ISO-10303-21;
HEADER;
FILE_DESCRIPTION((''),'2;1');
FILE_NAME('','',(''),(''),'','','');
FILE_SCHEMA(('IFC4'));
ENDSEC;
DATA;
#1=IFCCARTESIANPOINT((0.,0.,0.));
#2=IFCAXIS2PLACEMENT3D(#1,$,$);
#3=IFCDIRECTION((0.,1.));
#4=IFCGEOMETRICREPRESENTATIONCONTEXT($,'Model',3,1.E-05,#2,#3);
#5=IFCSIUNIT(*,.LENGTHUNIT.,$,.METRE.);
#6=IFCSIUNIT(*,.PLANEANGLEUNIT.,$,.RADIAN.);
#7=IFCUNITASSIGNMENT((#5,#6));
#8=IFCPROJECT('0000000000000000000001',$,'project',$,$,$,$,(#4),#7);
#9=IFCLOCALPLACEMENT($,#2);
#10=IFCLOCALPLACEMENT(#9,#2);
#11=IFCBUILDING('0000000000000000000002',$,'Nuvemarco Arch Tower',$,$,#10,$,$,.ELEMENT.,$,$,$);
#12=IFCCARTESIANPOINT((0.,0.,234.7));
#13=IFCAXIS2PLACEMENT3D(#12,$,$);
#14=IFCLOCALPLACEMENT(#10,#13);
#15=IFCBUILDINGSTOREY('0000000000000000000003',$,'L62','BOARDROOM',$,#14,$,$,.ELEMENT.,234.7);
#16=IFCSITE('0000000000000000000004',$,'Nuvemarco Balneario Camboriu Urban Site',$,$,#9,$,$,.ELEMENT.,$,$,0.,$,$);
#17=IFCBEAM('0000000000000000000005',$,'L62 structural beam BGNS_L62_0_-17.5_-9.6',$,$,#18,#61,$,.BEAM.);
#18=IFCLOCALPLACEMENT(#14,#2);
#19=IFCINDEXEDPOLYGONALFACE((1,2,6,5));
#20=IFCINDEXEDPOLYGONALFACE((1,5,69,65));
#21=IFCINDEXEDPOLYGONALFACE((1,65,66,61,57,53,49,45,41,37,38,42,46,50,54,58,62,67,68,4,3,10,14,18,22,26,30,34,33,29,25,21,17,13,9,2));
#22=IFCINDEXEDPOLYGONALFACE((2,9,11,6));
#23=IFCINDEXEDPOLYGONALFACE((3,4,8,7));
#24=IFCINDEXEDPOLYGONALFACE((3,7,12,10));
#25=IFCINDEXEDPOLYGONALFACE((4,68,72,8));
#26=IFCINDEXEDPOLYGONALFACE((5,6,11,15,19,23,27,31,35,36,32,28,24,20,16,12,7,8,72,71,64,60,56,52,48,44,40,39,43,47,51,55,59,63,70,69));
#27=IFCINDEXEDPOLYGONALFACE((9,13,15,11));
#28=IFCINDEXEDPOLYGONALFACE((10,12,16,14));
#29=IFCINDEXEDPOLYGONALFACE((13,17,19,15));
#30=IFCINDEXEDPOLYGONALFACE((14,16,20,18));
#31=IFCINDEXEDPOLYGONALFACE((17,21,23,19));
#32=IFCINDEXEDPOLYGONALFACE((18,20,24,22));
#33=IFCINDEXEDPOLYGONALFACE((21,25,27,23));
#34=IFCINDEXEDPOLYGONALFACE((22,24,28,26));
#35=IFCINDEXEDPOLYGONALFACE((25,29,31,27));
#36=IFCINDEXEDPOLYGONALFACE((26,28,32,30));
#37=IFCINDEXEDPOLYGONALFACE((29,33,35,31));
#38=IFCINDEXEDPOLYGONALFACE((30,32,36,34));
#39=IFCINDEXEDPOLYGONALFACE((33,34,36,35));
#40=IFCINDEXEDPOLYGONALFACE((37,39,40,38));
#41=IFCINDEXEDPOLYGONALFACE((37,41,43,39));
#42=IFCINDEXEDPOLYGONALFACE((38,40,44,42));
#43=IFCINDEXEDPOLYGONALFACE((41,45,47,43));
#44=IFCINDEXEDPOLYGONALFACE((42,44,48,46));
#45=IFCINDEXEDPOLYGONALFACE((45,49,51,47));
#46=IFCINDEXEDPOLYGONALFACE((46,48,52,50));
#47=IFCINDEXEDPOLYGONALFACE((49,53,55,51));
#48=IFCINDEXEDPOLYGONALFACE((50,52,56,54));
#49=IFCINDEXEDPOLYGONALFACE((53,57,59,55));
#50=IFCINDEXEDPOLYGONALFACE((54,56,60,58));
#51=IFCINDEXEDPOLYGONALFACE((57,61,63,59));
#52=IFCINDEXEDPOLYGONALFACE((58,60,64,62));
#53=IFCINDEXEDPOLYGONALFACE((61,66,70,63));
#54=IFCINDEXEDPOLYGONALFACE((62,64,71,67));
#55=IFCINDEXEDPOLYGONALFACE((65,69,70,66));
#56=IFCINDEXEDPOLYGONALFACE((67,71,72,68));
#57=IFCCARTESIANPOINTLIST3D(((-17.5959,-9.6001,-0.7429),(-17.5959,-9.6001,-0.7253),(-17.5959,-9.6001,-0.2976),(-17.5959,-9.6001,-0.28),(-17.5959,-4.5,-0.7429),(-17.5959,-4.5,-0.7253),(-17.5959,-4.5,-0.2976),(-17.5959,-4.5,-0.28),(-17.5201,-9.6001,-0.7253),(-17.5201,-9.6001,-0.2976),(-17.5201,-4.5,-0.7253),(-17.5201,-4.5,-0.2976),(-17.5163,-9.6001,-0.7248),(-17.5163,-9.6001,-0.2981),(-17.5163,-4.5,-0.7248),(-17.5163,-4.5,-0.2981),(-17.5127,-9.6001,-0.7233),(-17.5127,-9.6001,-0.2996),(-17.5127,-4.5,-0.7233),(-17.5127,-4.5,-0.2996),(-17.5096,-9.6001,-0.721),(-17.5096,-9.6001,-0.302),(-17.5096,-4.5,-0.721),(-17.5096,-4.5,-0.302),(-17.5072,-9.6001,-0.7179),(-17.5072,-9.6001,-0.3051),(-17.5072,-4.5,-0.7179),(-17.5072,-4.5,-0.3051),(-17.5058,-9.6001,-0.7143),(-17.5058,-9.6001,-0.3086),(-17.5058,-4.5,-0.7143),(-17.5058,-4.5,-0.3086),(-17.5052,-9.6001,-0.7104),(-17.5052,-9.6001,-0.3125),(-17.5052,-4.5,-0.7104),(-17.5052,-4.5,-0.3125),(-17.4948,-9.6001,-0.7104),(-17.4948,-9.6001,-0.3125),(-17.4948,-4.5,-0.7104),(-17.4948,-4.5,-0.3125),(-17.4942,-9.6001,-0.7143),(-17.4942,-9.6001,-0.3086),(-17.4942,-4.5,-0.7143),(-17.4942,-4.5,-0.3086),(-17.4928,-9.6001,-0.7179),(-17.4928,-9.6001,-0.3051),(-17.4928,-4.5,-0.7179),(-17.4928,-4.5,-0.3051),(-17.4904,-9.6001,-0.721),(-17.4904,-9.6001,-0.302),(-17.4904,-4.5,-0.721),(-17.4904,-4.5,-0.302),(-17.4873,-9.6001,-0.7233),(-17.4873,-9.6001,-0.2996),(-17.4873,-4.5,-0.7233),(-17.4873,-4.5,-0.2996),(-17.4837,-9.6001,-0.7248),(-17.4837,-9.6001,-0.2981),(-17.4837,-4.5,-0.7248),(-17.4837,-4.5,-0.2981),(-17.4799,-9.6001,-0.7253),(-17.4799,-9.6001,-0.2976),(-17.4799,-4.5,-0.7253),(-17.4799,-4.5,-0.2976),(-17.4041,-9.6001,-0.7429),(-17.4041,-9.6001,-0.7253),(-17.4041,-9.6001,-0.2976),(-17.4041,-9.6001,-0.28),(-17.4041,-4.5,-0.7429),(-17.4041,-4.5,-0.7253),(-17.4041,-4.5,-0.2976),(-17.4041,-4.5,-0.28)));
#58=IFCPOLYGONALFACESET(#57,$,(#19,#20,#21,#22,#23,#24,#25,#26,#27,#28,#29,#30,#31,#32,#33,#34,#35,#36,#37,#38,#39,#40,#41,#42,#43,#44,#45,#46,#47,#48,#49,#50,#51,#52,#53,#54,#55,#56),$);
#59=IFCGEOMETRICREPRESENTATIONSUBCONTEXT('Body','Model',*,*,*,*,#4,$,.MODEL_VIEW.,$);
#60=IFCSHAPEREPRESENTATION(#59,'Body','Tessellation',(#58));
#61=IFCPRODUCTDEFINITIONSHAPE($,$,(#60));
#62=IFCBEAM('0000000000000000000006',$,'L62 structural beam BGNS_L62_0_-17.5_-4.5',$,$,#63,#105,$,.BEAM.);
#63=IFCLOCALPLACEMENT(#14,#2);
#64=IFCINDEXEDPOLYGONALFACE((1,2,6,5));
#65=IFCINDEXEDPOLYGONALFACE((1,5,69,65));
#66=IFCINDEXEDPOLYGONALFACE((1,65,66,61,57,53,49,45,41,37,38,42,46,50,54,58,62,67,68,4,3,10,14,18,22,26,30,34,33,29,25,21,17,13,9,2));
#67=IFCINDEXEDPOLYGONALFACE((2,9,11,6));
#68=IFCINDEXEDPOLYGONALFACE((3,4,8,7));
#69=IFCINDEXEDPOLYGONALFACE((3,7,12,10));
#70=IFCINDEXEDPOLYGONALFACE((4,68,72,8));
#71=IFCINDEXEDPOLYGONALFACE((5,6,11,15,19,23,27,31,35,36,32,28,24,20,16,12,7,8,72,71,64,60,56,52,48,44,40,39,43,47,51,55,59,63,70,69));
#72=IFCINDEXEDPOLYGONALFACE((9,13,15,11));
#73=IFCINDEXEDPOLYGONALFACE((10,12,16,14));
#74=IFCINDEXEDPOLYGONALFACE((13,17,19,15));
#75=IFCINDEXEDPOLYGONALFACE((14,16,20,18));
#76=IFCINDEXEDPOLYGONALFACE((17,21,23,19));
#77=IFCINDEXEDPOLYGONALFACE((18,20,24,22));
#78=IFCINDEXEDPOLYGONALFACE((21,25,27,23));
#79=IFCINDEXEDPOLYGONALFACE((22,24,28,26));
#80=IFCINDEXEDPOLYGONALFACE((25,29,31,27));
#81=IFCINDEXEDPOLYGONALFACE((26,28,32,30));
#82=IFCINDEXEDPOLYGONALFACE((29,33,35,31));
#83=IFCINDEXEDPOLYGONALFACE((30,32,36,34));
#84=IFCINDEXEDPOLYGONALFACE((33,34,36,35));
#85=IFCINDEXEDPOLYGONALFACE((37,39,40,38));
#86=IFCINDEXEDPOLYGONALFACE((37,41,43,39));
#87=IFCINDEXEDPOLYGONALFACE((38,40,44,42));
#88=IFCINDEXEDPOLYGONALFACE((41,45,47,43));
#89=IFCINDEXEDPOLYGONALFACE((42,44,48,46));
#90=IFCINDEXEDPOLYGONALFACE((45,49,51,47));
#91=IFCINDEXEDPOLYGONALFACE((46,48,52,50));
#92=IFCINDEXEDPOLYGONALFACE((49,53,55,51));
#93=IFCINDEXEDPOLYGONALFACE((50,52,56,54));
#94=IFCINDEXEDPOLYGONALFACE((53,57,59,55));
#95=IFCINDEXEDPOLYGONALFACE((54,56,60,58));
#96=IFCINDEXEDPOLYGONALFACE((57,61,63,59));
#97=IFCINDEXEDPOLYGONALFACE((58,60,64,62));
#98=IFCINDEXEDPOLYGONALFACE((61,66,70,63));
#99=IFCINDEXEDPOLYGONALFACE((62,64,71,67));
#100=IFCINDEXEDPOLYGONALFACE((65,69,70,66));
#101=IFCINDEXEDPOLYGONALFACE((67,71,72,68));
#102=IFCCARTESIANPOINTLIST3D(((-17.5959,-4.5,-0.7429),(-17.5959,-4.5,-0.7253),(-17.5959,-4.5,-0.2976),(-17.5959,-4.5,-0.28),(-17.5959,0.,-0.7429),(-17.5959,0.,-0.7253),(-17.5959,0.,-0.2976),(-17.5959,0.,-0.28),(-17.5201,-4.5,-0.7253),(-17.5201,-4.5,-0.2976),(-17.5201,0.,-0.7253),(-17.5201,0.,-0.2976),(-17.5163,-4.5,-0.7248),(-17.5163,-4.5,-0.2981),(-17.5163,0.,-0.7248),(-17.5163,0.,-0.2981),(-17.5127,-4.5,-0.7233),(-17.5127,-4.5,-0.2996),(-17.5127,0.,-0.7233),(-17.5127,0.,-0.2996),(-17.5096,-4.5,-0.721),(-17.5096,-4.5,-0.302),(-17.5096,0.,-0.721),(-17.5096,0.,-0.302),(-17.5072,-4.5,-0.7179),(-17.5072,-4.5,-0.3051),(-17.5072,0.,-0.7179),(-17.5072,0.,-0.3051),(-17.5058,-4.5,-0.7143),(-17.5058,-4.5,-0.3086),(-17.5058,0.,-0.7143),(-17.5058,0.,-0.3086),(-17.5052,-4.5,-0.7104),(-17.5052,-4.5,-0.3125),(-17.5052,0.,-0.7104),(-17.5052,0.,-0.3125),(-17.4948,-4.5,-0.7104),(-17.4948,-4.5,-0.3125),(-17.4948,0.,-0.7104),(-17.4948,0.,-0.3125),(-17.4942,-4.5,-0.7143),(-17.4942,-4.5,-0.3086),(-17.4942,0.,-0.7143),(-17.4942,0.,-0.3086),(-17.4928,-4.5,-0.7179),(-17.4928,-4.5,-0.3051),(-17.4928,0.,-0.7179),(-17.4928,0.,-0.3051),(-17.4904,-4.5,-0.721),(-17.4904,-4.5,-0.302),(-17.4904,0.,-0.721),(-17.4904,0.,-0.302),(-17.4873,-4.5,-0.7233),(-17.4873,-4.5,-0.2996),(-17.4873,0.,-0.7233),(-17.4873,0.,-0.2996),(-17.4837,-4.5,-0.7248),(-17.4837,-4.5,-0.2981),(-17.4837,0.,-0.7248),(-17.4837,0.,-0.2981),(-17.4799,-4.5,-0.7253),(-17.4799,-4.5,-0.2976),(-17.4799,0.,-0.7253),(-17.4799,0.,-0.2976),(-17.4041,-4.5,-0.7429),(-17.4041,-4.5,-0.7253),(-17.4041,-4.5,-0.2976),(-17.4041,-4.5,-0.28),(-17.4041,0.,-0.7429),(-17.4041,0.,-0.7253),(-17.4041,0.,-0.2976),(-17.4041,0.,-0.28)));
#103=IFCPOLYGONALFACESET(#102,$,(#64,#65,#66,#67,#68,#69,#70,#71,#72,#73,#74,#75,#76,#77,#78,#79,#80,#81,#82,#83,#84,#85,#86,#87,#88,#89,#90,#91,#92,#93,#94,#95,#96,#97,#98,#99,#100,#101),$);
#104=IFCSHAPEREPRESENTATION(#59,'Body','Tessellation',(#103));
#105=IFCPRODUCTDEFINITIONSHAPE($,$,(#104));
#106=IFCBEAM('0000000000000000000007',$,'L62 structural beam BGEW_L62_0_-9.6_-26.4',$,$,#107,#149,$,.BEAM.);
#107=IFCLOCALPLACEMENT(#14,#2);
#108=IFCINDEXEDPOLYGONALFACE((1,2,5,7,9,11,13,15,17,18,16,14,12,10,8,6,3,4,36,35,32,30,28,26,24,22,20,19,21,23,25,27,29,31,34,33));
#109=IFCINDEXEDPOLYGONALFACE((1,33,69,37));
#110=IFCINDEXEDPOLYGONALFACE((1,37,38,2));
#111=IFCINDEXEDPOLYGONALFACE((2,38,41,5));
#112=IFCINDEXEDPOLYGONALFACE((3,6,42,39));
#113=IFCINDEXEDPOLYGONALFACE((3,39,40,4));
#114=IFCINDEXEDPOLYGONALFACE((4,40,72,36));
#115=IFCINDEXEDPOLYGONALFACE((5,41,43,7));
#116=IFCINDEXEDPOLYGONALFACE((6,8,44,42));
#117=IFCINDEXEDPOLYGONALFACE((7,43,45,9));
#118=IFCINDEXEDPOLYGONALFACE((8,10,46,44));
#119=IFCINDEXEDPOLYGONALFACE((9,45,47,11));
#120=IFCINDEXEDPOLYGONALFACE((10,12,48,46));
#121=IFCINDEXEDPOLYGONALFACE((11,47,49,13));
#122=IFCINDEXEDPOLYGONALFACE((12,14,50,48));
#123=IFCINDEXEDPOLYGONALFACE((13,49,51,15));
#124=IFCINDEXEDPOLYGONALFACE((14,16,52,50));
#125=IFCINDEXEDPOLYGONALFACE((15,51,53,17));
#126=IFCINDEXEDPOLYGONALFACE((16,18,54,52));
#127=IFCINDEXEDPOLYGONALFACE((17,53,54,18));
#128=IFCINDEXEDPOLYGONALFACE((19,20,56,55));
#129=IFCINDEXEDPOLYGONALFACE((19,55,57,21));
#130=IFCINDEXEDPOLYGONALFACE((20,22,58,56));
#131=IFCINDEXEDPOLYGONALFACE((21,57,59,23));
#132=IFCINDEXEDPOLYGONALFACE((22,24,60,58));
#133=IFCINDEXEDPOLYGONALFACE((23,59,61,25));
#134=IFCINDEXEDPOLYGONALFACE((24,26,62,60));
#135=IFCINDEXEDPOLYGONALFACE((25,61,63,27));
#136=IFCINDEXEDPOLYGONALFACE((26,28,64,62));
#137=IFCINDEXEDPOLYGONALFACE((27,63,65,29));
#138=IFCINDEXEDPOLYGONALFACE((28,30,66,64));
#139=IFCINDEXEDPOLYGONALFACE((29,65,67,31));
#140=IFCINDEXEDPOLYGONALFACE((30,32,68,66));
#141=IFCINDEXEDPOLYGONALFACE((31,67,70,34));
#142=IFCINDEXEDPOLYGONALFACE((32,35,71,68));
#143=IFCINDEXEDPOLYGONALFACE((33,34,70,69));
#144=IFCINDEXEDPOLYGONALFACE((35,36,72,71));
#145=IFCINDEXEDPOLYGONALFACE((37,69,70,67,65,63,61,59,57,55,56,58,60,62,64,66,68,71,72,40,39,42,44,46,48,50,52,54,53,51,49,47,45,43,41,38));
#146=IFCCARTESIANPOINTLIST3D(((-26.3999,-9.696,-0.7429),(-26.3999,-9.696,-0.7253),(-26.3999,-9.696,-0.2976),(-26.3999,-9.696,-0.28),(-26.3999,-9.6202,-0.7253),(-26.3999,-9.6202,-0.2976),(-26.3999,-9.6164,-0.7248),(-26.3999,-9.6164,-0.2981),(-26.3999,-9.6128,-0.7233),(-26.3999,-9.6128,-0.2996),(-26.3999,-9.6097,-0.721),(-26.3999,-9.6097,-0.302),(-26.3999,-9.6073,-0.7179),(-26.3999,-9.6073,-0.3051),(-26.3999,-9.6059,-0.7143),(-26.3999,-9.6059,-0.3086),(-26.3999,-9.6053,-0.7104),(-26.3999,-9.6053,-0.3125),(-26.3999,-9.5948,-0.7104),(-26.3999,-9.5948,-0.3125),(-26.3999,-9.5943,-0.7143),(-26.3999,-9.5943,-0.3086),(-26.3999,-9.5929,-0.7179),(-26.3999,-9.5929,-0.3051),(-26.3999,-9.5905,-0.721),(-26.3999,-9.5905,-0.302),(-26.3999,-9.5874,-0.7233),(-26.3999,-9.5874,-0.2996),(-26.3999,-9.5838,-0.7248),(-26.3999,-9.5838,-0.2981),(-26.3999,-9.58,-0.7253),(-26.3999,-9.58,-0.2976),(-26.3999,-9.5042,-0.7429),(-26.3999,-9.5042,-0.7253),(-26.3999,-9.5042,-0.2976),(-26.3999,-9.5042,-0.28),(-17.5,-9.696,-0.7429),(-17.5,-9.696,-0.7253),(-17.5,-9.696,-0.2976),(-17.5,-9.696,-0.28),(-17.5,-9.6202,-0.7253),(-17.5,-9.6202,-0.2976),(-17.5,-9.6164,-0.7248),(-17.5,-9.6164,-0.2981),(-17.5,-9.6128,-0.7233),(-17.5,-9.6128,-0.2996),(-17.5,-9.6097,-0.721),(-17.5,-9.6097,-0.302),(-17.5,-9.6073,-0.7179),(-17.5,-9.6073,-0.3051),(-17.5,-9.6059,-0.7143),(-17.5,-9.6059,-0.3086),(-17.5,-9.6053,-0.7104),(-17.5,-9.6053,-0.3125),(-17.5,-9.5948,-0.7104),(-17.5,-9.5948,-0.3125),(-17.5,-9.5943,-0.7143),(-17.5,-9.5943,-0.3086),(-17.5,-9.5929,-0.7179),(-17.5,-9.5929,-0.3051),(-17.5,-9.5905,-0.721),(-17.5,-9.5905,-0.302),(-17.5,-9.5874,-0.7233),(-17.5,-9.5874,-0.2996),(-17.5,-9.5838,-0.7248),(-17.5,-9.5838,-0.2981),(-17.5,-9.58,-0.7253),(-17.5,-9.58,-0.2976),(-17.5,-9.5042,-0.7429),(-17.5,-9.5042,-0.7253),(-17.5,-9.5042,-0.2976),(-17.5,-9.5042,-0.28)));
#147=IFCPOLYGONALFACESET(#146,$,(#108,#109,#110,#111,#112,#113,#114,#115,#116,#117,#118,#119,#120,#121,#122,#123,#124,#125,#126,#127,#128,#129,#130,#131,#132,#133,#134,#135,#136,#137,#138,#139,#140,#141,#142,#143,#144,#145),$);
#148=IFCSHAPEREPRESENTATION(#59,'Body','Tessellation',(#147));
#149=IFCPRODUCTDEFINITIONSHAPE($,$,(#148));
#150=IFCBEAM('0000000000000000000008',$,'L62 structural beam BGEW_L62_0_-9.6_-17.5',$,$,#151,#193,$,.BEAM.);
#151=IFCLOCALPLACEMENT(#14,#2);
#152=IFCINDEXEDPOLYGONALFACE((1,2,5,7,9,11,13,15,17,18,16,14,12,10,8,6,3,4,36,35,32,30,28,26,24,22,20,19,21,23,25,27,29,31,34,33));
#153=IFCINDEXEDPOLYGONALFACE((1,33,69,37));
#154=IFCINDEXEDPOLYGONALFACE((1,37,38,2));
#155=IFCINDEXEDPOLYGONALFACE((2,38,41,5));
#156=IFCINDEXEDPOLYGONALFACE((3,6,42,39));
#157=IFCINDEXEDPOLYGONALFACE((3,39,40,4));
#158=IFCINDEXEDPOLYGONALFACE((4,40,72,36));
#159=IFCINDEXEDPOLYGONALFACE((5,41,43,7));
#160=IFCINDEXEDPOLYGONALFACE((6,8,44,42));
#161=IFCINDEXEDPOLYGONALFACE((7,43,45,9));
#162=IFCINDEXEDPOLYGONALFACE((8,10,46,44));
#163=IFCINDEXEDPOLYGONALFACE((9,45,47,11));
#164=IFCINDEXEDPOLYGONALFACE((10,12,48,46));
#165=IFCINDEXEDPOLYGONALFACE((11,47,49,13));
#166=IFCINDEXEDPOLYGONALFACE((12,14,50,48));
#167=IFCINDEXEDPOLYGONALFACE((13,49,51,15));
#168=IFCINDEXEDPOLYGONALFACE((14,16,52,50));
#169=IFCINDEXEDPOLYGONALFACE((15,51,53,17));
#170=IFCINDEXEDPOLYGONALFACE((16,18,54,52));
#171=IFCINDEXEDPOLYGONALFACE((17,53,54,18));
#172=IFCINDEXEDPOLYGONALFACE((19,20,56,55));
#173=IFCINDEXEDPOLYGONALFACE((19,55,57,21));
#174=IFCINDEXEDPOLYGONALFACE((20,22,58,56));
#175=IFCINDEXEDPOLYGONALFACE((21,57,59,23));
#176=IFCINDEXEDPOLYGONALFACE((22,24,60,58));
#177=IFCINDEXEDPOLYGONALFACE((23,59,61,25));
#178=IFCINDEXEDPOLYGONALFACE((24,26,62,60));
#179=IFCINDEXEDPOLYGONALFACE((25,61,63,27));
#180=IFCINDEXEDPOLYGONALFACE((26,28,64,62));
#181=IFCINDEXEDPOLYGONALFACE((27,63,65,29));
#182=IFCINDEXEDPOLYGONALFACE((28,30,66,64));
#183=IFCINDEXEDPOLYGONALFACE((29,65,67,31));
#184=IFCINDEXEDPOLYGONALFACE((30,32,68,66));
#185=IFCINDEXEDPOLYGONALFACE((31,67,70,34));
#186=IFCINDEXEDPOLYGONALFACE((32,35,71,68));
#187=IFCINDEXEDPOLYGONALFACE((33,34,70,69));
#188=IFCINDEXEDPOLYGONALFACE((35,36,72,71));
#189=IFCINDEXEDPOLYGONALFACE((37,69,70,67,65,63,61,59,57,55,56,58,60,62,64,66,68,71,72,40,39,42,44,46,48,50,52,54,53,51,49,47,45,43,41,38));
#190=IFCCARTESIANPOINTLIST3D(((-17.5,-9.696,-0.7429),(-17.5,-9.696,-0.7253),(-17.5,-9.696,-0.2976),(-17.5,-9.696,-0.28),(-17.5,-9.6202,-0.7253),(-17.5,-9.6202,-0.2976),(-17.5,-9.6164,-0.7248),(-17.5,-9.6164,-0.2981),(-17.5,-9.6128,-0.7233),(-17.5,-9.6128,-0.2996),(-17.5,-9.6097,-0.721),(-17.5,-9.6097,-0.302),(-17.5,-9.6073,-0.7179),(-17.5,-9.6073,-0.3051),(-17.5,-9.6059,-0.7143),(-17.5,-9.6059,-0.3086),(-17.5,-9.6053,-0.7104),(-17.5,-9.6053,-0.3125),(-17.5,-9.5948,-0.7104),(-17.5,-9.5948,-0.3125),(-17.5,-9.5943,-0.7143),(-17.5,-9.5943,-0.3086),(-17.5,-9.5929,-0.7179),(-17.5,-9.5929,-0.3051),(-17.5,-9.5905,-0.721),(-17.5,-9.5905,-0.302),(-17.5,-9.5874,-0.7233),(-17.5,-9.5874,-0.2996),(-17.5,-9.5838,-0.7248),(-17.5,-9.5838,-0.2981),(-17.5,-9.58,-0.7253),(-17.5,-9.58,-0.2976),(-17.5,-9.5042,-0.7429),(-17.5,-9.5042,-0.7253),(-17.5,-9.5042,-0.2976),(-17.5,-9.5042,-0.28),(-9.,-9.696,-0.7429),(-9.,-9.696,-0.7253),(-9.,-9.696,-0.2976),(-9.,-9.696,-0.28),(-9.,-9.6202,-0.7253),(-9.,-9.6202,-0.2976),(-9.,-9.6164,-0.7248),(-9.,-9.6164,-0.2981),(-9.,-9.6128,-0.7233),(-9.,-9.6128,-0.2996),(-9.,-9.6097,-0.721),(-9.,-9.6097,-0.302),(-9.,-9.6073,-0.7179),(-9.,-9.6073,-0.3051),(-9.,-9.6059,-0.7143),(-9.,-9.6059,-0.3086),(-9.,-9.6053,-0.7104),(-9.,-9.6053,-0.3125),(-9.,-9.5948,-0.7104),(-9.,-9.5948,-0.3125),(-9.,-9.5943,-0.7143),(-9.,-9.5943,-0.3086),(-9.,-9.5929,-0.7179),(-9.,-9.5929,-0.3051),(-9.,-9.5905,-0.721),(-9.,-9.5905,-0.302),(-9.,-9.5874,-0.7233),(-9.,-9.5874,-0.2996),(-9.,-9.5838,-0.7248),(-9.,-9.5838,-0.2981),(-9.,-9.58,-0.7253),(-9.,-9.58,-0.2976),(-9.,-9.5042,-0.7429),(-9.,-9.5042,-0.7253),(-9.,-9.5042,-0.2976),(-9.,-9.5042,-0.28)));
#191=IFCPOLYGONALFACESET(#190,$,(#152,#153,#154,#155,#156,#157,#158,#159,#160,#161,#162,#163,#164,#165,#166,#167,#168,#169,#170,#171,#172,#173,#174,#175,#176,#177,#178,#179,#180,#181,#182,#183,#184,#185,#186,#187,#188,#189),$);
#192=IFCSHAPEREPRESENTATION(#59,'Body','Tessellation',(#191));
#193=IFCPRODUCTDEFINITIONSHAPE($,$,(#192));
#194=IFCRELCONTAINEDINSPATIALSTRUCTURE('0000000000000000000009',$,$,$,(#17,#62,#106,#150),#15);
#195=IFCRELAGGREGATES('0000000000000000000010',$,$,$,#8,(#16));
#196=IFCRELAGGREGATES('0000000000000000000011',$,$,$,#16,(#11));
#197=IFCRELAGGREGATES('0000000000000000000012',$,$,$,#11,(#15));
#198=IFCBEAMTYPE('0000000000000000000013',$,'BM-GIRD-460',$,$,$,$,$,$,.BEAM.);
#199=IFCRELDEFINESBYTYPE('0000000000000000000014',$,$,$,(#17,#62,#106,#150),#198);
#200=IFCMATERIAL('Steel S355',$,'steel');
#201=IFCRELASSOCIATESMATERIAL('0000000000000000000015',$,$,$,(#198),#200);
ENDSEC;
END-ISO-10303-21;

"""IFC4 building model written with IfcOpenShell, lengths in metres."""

from ifc_helpers import new_model, si_unit, direction, frame, origin, origin_2d, place, context, subcontext, project, spatial, i_section, extrude, material, material_profile, profile_set, type_object, element, save


model = new_model("IFC4")

# Units and contexts
model_context = context("Model", 3, precision=1e-05, world=origin(), true_north=direction((0.0, 1.0)))
body_context = subcontext(model_context, "Body", "Model", "MODEL_VIEW")
ifc_project = project(units=[si_unit("LENGTHUNIT", "METRE"), si_unit("PLANEANGLEUNIT", "RADIAN")], contexts=[model_context])

# Site, building, storey
site_placement = place(None, origin())
site = spatial("IfcSite", under=ifc_project, at=site_placement, Name="Nuvemarco Balneario Camboriu Urban Site", CompositionType="ELEMENT", RefElevation=0.0)
building_placement = place(site_placement, origin())
building = spatial("IfcBuilding", under=site, at=building_placement, Name="Nuvemarco Arch Tower", CompositionType="ELEMENT")
storey_placement = place(building_placement, frame((0.0, 0.0, 234.7)))
storey = spatial("IfcBuildingStorey", under=building, at=storey_placement, Name="L62", Description="BOARDROOM", CompositionType="ELEMENT", Elevation=234.7)

# Shared definitions
ifc_material_1 = material(Name="Steel S355", Category="steel")

# Beams
ifc_material_profile_1 = material_profile(ifc_material_1, i_section(OverallWidth=0.1919, OverallDepth=0.4629, WebThickness=0.0105, FlangeThickness=0.0176, FilletRadius=0.0149, at=origin_2d()), Name="W460x89")
ifc_profile_set_1 = profile_set([ifc_material_profile_1], Name="Steel S355")
beam_type_1 = type_object("IfcBeamType", Name="BM-GIRD-460", PredefinedType="BEAM", material=ifc_profile_set_1)
beam_1_placement = place(storey_placement, frame((-17.5, -9.6001, -0.5115), z_axis=(0.0, 1.0, 0.0), x_axis=(-1.0, 0.0, 0.0)))
element("IfcBeam", 1, at=beam_1_placement, inside=storey, type_object=beam_type_1, Name="L62 structural beam BGNS_L62_0_-17.5_-9.6", PredefinedType="BEAM", context=body_context, shape_type="SweptSolid", body=[
    extrude(i_section(OverallWidth=0.1919, OverallDepth=0.4629, WebThickness=0.0105, FlangeThickness=0.0176, FilletRadius=0.0149, at=origin_2d()), origin(), (0.0, 0.0, 1.0), 5.1001),
])
beam_2_placement = place(storey_placement, frame((-17.5, -4.5, -0.5115), z_axis=(0.0, 1.0, 0.0), x_axis=(-1.0, 0.0, 0.0)))
element("IfcBeam", 2, at=beam_2_placement, inside=storey, type_object=beam_type_1, Name="L62 structural beam BGNS_L62_0_-17.5_-4.5", PredefinedType="BEAM", context=body_context, shape_type="SweptSolid", body=[
    extrude(i_section(OverallWidth=0.1919, OverallDepth=0.4629, WebThickness=0.0105, FlangeThickness=0.0176, FilletRadius=0.0149, at=origin_2d()), origin(), (0.0, 0.0, 1.0), 4.5),
])
beam_3_placement = place(storey_placement, frame((-26.3999, -9.6001, -0.5115), z_axis=(1.0, 0.0, 0.0), x_axis=(0.0, 1.0, 0.0)))
element("IfcBeam", 3, at=beam_3_placement, inside=storey, type_object=beam_type_1, Name="L62 structural beam BGEW_L62_0_-9.6_-26.4", PredefinedType="BEAM", context=body_context, shape_type="SweptSolid", body=[
    extrude(i_section(OverallWidth=0.1919, OverallDepth=0.4629, WebThickness=0.0105, FlangeThickness=0.0176, FilletRadius=0.0149, at=origin_2d()), origin(), (0.0, 0.0, 1.0), 8.8999),
])
beam_4_placement = place(storey_placement, frame((-17.5, -9.6001, -0.5115), z_axis=(1.0, 0.0, 0.0), x_axis=(0.0, 1.0, 0.0)))
element("IfcBeam", 4, at=beam_4_placement, inside=storey, type_object=beam_type_1, Name="L62 structural beam BGEW_L62_0_-9.6_-17.5", PredefinedType="BEAM", context=body_context, shape_type="SweptSolid", body=[
    extrude(i_section(OverallWidth=0.1919, OverallDepth=0.4629, WebThickness=0.0105, FlangeThickness=0.0176, FilletRadius=0.0149, at=origin_2d()), origin(), (0.0, 0.0, 1.0), 8.5),
])

save(model, "model.ifc")
